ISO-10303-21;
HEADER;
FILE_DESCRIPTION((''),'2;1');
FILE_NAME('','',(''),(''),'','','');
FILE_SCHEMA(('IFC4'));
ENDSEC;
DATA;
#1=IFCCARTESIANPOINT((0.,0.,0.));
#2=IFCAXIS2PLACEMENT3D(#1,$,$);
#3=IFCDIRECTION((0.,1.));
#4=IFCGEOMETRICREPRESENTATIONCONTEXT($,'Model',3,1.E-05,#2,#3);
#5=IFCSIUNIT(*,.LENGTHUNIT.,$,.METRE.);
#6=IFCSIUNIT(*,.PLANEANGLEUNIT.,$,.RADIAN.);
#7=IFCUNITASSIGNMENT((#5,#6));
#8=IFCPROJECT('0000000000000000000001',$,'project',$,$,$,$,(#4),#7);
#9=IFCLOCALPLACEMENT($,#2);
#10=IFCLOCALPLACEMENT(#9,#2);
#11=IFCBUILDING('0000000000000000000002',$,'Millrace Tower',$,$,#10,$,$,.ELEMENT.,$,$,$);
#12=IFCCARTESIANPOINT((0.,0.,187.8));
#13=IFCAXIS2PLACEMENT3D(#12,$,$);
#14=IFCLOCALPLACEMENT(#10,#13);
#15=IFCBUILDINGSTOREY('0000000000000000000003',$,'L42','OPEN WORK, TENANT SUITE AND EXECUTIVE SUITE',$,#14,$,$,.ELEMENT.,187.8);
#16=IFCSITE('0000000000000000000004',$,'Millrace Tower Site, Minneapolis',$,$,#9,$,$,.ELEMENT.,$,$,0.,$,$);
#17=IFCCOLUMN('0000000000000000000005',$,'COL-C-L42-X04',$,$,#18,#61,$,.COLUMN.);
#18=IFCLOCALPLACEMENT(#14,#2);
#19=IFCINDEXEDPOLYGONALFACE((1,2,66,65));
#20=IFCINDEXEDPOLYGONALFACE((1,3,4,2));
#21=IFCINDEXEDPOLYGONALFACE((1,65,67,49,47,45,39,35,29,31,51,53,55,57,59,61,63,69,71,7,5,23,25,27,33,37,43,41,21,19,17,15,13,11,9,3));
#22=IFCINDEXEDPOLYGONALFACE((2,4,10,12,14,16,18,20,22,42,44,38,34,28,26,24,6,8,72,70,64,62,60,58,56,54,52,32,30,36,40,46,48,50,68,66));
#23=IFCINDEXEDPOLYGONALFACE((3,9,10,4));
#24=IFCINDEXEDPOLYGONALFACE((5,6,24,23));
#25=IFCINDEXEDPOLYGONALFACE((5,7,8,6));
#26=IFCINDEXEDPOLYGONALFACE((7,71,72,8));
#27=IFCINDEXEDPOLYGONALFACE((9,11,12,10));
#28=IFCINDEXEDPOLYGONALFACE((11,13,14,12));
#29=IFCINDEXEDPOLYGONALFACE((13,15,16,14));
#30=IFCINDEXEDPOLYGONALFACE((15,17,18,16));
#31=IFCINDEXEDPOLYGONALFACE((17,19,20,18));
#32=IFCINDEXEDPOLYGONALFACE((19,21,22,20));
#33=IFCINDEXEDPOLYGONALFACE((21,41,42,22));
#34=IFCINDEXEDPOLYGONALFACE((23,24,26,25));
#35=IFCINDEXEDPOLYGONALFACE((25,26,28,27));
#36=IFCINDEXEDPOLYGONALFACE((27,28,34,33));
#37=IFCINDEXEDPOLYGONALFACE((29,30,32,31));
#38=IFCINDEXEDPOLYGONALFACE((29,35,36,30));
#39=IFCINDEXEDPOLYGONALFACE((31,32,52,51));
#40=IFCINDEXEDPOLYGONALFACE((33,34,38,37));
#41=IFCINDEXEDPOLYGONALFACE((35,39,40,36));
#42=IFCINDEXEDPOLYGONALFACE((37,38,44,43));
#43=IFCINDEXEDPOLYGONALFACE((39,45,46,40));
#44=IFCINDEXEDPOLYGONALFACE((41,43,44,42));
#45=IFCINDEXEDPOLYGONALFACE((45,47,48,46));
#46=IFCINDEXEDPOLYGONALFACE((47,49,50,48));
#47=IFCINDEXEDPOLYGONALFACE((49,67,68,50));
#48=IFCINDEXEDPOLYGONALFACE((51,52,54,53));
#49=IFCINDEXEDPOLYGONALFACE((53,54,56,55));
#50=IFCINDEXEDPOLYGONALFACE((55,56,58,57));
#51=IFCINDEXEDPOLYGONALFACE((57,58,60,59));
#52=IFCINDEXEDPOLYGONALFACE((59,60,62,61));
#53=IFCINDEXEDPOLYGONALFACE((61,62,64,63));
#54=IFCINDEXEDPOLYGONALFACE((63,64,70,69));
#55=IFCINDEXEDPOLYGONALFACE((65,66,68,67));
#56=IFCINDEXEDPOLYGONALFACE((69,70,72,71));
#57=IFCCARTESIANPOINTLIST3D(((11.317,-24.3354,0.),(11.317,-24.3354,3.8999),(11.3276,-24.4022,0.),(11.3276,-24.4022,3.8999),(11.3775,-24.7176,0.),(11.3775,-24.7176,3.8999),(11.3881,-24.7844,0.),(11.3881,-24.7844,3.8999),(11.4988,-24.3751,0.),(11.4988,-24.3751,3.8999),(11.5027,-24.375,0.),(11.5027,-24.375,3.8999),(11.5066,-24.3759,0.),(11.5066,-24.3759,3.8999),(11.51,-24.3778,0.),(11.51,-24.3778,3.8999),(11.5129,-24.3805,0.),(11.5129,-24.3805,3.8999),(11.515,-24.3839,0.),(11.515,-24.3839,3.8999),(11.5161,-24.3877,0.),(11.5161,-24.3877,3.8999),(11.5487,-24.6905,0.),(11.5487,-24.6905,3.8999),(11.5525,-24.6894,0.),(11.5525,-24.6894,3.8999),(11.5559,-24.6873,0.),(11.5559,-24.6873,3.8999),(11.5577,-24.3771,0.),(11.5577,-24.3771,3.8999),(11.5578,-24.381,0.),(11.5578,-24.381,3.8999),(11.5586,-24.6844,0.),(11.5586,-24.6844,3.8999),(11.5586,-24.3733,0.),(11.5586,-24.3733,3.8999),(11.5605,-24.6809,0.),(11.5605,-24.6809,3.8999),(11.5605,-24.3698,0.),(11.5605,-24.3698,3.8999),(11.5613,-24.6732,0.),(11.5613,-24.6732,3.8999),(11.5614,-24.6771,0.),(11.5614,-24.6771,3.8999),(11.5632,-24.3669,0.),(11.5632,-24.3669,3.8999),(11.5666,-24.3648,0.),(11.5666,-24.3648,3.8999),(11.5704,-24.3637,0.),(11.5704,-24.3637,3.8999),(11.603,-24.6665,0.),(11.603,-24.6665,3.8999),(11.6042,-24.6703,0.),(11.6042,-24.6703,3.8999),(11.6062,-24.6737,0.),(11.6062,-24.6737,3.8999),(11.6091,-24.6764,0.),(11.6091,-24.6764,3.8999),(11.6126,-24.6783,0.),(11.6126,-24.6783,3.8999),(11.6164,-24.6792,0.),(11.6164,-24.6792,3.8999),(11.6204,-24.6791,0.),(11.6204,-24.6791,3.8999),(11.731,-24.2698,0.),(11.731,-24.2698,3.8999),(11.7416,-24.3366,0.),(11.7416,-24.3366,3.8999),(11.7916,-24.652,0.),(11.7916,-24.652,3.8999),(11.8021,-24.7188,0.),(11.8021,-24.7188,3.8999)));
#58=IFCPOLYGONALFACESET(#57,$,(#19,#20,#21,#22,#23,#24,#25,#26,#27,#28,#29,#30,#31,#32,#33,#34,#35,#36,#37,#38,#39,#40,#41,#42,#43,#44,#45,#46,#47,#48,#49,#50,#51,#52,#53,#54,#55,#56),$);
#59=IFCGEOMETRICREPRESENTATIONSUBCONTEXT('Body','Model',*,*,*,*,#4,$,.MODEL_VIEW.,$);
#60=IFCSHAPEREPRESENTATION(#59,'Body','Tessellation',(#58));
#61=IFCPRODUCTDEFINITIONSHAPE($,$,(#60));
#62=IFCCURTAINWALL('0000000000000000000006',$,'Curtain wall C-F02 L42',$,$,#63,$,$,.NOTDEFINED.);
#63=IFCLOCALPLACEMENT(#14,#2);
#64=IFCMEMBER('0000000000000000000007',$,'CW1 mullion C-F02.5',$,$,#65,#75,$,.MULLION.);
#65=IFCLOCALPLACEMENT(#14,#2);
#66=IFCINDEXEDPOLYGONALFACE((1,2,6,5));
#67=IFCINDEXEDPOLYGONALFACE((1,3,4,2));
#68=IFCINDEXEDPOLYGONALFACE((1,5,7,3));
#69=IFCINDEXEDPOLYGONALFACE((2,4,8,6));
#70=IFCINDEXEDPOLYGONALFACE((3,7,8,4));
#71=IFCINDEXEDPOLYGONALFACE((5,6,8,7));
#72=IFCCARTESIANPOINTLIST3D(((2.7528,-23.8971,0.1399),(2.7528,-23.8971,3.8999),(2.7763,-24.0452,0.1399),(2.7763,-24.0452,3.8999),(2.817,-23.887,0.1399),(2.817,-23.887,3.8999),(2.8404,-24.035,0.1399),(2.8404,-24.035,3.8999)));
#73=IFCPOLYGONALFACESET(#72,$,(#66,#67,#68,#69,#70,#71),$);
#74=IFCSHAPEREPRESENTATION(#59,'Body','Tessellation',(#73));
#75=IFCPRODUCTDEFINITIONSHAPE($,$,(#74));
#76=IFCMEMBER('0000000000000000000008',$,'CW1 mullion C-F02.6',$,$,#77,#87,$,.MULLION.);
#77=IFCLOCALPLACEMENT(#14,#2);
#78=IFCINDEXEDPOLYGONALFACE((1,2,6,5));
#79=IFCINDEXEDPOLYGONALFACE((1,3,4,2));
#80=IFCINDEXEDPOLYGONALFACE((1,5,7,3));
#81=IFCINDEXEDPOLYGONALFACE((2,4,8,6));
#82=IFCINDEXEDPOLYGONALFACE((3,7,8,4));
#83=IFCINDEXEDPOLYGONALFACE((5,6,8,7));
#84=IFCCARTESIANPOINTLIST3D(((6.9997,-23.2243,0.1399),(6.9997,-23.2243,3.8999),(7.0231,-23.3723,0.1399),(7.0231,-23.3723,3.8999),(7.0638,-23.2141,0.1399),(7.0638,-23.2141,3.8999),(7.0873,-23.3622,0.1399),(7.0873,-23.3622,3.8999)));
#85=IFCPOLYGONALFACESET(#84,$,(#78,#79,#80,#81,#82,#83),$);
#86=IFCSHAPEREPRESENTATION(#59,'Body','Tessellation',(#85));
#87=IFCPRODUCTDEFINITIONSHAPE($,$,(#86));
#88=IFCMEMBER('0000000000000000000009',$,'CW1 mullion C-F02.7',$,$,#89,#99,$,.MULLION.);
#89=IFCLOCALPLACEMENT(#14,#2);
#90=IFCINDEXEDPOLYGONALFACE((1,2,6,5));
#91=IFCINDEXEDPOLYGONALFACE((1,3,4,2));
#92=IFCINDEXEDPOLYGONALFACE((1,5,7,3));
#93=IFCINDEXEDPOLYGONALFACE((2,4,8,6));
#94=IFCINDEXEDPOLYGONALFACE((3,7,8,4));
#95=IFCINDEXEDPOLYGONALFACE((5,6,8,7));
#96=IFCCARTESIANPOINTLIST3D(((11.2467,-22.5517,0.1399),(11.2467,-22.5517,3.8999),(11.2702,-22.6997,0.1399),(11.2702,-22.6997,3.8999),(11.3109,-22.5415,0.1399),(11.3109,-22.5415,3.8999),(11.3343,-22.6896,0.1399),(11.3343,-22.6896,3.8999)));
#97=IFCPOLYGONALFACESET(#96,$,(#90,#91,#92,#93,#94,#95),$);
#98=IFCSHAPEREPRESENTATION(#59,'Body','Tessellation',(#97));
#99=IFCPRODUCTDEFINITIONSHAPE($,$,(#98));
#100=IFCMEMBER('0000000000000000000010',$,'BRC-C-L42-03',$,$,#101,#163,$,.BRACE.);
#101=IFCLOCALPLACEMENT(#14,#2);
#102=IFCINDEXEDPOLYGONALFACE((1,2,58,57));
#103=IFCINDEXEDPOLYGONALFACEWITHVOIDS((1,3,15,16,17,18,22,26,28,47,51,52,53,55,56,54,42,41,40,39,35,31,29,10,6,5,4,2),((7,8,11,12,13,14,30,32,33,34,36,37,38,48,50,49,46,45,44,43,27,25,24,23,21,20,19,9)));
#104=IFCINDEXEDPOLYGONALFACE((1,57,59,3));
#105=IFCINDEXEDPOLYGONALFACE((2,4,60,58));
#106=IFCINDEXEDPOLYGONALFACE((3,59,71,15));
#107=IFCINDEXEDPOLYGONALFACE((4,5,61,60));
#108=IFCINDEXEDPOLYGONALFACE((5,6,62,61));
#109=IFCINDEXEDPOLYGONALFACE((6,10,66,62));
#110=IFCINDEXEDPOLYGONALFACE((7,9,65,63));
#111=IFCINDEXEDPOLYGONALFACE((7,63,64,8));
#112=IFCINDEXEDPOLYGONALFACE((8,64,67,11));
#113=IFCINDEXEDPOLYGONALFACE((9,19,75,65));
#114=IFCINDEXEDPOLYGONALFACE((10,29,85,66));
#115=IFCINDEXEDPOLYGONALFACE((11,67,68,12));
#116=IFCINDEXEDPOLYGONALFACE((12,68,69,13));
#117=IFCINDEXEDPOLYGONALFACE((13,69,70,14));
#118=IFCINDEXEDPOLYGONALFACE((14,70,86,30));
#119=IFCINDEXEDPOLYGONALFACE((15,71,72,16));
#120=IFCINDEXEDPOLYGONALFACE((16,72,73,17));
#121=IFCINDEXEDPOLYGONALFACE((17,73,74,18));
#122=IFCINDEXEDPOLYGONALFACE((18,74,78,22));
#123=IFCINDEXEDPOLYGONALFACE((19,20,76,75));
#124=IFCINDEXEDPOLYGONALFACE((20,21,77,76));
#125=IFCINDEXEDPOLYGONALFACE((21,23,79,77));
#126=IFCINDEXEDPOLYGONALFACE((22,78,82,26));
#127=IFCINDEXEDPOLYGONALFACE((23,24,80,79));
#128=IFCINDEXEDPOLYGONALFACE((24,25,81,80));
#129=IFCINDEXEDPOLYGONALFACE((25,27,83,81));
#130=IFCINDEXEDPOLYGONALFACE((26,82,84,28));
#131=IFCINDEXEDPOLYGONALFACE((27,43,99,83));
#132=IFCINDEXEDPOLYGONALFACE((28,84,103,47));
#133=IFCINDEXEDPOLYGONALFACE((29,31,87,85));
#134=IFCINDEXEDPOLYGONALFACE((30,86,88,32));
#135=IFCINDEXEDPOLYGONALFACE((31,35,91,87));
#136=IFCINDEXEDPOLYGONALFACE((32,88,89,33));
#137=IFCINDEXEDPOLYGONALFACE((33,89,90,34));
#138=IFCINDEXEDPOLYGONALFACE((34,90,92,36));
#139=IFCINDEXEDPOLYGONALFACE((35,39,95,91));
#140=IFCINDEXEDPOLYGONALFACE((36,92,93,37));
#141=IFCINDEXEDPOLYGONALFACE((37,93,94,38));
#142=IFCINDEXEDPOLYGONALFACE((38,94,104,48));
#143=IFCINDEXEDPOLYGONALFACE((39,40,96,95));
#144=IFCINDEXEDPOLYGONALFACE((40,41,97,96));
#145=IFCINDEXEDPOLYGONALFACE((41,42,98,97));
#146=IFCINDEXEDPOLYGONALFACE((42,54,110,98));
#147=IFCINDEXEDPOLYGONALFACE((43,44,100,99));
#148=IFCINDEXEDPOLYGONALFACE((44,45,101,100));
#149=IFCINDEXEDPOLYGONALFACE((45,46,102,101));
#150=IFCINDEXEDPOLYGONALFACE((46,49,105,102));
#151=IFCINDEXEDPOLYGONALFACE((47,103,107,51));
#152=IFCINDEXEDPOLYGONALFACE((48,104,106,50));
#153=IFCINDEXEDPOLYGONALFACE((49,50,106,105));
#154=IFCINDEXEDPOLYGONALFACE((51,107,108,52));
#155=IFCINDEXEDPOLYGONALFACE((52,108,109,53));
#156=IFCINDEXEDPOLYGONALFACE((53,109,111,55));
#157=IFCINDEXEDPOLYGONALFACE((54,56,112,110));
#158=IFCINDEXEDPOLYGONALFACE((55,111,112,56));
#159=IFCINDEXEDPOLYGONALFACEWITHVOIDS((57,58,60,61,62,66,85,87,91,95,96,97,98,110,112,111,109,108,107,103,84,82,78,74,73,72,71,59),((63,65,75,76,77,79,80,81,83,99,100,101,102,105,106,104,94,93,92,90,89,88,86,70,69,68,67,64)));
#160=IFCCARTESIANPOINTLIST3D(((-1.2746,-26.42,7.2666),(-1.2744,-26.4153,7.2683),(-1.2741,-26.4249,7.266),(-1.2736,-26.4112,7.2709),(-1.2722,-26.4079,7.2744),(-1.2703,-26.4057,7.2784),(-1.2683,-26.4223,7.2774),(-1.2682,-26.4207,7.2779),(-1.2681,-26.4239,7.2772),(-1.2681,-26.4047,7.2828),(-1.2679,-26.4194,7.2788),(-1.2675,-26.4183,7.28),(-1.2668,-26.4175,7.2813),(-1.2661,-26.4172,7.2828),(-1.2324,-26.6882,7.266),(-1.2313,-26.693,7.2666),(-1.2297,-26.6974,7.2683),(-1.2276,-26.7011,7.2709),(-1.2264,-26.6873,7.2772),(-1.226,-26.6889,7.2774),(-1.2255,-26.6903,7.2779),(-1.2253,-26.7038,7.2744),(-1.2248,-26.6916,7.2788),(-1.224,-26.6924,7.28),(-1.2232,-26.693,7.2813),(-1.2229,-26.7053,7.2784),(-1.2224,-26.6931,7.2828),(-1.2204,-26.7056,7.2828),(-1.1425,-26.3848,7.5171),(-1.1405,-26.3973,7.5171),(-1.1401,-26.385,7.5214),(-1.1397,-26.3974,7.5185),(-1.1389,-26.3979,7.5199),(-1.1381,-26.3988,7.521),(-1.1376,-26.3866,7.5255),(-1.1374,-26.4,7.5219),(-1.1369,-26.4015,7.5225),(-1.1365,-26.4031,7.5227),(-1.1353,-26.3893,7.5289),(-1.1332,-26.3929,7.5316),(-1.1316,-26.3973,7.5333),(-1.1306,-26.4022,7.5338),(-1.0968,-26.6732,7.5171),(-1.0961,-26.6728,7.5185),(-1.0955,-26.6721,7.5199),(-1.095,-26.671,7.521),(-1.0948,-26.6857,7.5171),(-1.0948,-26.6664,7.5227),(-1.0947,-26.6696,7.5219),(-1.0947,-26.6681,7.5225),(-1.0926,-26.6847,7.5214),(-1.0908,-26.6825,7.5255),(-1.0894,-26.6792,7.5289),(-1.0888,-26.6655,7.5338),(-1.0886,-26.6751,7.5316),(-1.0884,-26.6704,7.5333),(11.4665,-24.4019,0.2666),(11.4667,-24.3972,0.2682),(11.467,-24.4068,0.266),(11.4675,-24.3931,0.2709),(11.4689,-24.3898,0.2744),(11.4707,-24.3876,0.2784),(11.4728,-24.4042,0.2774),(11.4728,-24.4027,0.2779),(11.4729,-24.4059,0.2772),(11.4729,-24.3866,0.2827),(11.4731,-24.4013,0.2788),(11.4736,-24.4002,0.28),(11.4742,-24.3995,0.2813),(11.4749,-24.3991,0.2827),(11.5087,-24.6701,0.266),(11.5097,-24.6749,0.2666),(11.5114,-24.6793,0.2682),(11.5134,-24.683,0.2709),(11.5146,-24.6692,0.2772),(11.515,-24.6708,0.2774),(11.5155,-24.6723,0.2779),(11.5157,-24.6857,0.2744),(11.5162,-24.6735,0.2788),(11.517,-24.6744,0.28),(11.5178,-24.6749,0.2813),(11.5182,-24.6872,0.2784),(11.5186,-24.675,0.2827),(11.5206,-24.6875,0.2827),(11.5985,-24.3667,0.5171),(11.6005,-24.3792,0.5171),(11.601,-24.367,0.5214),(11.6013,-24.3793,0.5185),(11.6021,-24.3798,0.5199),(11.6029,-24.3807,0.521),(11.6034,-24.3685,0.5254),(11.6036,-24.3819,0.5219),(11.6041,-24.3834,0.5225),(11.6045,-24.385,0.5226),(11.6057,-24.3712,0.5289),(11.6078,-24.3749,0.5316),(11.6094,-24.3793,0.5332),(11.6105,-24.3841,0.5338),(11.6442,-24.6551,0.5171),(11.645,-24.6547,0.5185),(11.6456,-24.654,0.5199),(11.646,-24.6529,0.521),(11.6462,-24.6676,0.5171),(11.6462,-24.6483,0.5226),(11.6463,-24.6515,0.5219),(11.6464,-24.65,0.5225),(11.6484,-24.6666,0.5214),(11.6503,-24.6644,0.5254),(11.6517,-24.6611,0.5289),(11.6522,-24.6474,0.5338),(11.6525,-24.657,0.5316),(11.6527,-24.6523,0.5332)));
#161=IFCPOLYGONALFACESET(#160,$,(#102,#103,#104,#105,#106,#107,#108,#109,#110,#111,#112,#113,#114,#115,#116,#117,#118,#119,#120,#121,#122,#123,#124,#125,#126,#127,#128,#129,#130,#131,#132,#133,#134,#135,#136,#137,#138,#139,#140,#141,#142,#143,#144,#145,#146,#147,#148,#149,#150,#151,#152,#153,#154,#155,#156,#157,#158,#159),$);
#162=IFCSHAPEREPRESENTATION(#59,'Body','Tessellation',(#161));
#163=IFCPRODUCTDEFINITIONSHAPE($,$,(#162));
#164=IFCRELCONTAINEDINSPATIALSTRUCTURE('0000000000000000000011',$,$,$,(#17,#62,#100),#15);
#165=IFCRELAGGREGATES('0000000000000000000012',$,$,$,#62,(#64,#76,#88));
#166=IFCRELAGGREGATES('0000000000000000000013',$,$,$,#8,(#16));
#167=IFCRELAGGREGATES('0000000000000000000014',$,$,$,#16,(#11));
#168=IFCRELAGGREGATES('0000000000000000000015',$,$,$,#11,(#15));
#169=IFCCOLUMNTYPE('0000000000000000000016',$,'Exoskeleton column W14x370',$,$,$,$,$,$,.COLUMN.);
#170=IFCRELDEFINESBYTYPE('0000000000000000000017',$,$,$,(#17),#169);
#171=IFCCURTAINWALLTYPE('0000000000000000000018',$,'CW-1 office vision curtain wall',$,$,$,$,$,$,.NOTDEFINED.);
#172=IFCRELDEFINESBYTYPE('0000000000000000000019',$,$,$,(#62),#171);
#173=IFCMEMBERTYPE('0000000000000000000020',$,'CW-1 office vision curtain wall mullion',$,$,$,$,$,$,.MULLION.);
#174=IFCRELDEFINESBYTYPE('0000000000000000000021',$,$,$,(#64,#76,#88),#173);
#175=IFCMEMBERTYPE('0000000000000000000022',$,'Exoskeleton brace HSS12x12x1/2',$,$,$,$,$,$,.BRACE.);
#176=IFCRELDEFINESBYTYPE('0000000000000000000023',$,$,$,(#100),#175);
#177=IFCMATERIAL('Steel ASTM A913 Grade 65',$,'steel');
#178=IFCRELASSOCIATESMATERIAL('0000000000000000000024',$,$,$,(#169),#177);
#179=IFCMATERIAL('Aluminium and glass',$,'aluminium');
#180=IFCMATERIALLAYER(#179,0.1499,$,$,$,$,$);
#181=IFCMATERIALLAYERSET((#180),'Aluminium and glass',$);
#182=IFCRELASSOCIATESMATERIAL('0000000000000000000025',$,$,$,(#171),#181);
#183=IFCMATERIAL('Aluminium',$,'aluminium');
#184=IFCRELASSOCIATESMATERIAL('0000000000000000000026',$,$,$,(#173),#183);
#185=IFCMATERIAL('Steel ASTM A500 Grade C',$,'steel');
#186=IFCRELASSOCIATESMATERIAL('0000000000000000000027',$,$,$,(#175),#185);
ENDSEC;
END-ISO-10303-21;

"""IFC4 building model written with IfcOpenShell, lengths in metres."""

from ifc_helpers import new_model, si_unit, direction, frame, origin, origin_2d, place, context, subcontext, project, spatial, rectangle, hollow_rectangle, i_section, extrude, material, layer, layer_set, material_profile, profile_set, type_object, element, aggregate, save


model = new_model("IFC4")

# Units and contexts
model_context = context("Model", 3, precision=1e-05, world=origin(), true_north=direction((0.0, 1.0)))
body_context = subcontext(model_context, "Body", "Model", "MODEL_VIEW")
ifc_project = project(units=[si_unit("LENGTHUNIT", "METRE"), si_unit("PLANEANGLEUNIT", "RADIAN")], contexts=[model_context])

# Site, building, storey
site_placement = place(None, origin())
site = spatial("IfcSite", under=ifc_project, at=site_placement, Name="Millrace Tower Site, Minneapolis", CompositionType="ELEMENT", RefElevation=0.0)
building_placement = place(site_placement, origin())
building = spatial("IfcBuilding", under=site, at=building_placement, Name="Millrace Tower", CompositionType="ELEMENT")
storey_placement = place(building_placement, frame((0.0, 0.0, 187.8)))
storey = spatial("IfcBuildingStorey", under=building, at=storey_placement, Name="L42", Description="OPEN WORK, TENANT SUITE AND EXECUTIVE SUITE", CompositionType="ELEMENT", Elevation=187.8)

# Column
ifc_material_1 = material(Name="Steel ASTM A913 Grade 65", Category="steel")
ifc_material_profile_1 = material_profile(ifc_material_1, i_section(OverallWidth=0.4192, OverallDepth=0.4546, WebThickness=0.0422, FlangeThickness=0.0676, FilletRadius=0.0151, at=origin_2d()))
ifc_profile_set_1 = profile_set([ifc_material_profile_1], Name="Steel ASTM A913 Grade 65")
column_type = type_object("IfcColumnType", Name="Exoskeleton column W14x370", PredefinedType="COLUMN", material=ifc_profile_set_1)
column_placement = place(storey_placement, frame((11.5596, -24.5271, 0.0), z_axis=(0.0, 0.0, 1.0), x_axis=(0.987688, 0.156434, 0.0)))
element("IfcColumn", 1, at=column_placement, inside=storey, type_object=column_type, Name="COL-C-L42-X04", PredefinedType="COLUMN", context=body_context, shape_type="SweptSolid", body=[
    extrude(i_section(OverallWidth=0.4192, OverallDepth=0.4546, WebThickness=0.0422, FlangeThickness=0.0676, FilletRadius=0.0151, at=origin_2d()), origin(), (0.0, 0.0, 1.0), 3.8999),
])

# Curtain wall, members
ifc_material_2 = material(Name="Aluminium and glass", Category="aluminium")
ifc_layer_1 = layer(ifc_material_2, 0.1499)
ifc_layer_set_1 = layer_set([ifc_layer_1], Name="Aluminium and glass")
curtain_wall_type = type_object("IfcCurtainWallType", Name="CW-1 office vision curtain wall", PredefinedType="NOTDEFINED", material=ifc_layer_set_1)
placement = place(storey_placement, origin())
curtain_wall = element("IfcCurtainWall", 2, at=placement, inside=storey, type_object=curtain_wall_type, Name="Curtain wall C-F02 L42", PredefinedType="NOTDEFINED")
ifc_material_3 = material(Name="Aluminium", Category="aluminium")
ifc_material_profile_2 = material_profile(ifc_material_3, rectangle(XDim=0.0649, YDim=0.1499, at=origin_2d()))
ifc_profile_set_2 = profile_set([ifc_material_profile_2], Name="Aluminium")
member_type_1 = type_object("IfcMemberType", Name="CW-1 office vision curtain wall mullion", PredefinedType="MULLION", material=ifc_profile_set_2)
member_1_placement = place(storey_placement, frame((2.7966, -23.9661, 0.1399), z_axis=(0.0, 0.0, 1.0), x_axis=(0.987688, 0.156434, 0.0)))
member_1 = element("IfcMember", 3, at=member_1_placement, type_object=member_type_1, Name="CW1 mullion C-F02.5", PredefinedType="MULLION", context=body_context, shape_type="SweptSolid", body=[
    extrude(rectangle(XDim=0.0649, YDim=0.1499, at=origin_2d()), origin(), (0.0, 0.0, 1.0), 3.76),
])
member_2_placement = place(storey_placement, frame((7.0435, -23.2932, 0.1399), z_axis=(0.0, 0.0, 1.0), x_axis=(0.987688, 0.156434, 0.0)))
member_2 = element("IfcMember", 4, at=member_2_placement, type_object=member_type_1, Name="CW1 mullion C-F02.6", PredefinedType="MULLION", context=body_context, shape_type="SweptSolid", body=[
    extrude(rectangle(XDim=0.0649, YDim=0.1499, at=origin_2d()), origin(), (0.0, 0.0, 1.0), 3.76),
])
member_3_placement = place(storey_placement, frame((11.2905, -22.6206, 0.1399), z_axis=(0.0, 0.0, 1.0), x_axis=(0.987688, 0.156434, 0.0)))
member_3 = element("IfcMember", 5, at=member_3_placement, type_object=member_type_1, Name="CW1 mullion C-F02.7", PredefinedType="MULLION", context=body_context, shape_type="SweptSolid", body=[
    extrude(rectangle(XDim=0.0649, YDim=0.1499, at=origin_2d()), origin(), (0.0, 0.0, 1.0), 3.76),
])
aggregate(curtain_wall, [member_1, member_2, member_3])

# Member
ifc_material_4 = material(Name="Steel ASTM A500 Grade C", Category="steel")
ifc_material_profile_3 = material_profile(ifc_material_4, hollow_rectangle(XDim=0.3047, YDim=0.3047, WallThickness=0.0127, InnerFilletRadius=0.0063, OuterFilletRadius=0.019, at=origin_2d()))
ifc_profile_set_3 = profile_set([ifc_material_profile_3], Name="Steel ASTM A500 Grade C")
member_type_2 = type_object("IfcMemberType", Name="Exoskeleton brace HSS12x12x1/2", PredefinedType="BRACE", material=ifc_profile_set_3)
member_4_placement = place(storey_placement, frame((11.5596, -24.5271, 0.3999), z_axis=(-0.86811, -0.137502, 0.476947), x_axis=(0.156442, -0.987687, 0.0)))
element("IfcMember", 6, at=member_4_placement, inside=storey, type_object=member_type_2, Name="BRC-C-L42-03", PredefinedType="BRACE", context=body_context, shape_type="SweptSolid", body=[
    extrude(hollow_rectangle(XDim=0.3047, YDim=0.3047, WallThickness=0.0127, InnerFilletRadius=0.0063, OuterFilletRadius=0.019, at=origin_2d()), origin(), (0.0, 0.0, 1.0), 14.6768),
])

save(model, "model.ifc")
